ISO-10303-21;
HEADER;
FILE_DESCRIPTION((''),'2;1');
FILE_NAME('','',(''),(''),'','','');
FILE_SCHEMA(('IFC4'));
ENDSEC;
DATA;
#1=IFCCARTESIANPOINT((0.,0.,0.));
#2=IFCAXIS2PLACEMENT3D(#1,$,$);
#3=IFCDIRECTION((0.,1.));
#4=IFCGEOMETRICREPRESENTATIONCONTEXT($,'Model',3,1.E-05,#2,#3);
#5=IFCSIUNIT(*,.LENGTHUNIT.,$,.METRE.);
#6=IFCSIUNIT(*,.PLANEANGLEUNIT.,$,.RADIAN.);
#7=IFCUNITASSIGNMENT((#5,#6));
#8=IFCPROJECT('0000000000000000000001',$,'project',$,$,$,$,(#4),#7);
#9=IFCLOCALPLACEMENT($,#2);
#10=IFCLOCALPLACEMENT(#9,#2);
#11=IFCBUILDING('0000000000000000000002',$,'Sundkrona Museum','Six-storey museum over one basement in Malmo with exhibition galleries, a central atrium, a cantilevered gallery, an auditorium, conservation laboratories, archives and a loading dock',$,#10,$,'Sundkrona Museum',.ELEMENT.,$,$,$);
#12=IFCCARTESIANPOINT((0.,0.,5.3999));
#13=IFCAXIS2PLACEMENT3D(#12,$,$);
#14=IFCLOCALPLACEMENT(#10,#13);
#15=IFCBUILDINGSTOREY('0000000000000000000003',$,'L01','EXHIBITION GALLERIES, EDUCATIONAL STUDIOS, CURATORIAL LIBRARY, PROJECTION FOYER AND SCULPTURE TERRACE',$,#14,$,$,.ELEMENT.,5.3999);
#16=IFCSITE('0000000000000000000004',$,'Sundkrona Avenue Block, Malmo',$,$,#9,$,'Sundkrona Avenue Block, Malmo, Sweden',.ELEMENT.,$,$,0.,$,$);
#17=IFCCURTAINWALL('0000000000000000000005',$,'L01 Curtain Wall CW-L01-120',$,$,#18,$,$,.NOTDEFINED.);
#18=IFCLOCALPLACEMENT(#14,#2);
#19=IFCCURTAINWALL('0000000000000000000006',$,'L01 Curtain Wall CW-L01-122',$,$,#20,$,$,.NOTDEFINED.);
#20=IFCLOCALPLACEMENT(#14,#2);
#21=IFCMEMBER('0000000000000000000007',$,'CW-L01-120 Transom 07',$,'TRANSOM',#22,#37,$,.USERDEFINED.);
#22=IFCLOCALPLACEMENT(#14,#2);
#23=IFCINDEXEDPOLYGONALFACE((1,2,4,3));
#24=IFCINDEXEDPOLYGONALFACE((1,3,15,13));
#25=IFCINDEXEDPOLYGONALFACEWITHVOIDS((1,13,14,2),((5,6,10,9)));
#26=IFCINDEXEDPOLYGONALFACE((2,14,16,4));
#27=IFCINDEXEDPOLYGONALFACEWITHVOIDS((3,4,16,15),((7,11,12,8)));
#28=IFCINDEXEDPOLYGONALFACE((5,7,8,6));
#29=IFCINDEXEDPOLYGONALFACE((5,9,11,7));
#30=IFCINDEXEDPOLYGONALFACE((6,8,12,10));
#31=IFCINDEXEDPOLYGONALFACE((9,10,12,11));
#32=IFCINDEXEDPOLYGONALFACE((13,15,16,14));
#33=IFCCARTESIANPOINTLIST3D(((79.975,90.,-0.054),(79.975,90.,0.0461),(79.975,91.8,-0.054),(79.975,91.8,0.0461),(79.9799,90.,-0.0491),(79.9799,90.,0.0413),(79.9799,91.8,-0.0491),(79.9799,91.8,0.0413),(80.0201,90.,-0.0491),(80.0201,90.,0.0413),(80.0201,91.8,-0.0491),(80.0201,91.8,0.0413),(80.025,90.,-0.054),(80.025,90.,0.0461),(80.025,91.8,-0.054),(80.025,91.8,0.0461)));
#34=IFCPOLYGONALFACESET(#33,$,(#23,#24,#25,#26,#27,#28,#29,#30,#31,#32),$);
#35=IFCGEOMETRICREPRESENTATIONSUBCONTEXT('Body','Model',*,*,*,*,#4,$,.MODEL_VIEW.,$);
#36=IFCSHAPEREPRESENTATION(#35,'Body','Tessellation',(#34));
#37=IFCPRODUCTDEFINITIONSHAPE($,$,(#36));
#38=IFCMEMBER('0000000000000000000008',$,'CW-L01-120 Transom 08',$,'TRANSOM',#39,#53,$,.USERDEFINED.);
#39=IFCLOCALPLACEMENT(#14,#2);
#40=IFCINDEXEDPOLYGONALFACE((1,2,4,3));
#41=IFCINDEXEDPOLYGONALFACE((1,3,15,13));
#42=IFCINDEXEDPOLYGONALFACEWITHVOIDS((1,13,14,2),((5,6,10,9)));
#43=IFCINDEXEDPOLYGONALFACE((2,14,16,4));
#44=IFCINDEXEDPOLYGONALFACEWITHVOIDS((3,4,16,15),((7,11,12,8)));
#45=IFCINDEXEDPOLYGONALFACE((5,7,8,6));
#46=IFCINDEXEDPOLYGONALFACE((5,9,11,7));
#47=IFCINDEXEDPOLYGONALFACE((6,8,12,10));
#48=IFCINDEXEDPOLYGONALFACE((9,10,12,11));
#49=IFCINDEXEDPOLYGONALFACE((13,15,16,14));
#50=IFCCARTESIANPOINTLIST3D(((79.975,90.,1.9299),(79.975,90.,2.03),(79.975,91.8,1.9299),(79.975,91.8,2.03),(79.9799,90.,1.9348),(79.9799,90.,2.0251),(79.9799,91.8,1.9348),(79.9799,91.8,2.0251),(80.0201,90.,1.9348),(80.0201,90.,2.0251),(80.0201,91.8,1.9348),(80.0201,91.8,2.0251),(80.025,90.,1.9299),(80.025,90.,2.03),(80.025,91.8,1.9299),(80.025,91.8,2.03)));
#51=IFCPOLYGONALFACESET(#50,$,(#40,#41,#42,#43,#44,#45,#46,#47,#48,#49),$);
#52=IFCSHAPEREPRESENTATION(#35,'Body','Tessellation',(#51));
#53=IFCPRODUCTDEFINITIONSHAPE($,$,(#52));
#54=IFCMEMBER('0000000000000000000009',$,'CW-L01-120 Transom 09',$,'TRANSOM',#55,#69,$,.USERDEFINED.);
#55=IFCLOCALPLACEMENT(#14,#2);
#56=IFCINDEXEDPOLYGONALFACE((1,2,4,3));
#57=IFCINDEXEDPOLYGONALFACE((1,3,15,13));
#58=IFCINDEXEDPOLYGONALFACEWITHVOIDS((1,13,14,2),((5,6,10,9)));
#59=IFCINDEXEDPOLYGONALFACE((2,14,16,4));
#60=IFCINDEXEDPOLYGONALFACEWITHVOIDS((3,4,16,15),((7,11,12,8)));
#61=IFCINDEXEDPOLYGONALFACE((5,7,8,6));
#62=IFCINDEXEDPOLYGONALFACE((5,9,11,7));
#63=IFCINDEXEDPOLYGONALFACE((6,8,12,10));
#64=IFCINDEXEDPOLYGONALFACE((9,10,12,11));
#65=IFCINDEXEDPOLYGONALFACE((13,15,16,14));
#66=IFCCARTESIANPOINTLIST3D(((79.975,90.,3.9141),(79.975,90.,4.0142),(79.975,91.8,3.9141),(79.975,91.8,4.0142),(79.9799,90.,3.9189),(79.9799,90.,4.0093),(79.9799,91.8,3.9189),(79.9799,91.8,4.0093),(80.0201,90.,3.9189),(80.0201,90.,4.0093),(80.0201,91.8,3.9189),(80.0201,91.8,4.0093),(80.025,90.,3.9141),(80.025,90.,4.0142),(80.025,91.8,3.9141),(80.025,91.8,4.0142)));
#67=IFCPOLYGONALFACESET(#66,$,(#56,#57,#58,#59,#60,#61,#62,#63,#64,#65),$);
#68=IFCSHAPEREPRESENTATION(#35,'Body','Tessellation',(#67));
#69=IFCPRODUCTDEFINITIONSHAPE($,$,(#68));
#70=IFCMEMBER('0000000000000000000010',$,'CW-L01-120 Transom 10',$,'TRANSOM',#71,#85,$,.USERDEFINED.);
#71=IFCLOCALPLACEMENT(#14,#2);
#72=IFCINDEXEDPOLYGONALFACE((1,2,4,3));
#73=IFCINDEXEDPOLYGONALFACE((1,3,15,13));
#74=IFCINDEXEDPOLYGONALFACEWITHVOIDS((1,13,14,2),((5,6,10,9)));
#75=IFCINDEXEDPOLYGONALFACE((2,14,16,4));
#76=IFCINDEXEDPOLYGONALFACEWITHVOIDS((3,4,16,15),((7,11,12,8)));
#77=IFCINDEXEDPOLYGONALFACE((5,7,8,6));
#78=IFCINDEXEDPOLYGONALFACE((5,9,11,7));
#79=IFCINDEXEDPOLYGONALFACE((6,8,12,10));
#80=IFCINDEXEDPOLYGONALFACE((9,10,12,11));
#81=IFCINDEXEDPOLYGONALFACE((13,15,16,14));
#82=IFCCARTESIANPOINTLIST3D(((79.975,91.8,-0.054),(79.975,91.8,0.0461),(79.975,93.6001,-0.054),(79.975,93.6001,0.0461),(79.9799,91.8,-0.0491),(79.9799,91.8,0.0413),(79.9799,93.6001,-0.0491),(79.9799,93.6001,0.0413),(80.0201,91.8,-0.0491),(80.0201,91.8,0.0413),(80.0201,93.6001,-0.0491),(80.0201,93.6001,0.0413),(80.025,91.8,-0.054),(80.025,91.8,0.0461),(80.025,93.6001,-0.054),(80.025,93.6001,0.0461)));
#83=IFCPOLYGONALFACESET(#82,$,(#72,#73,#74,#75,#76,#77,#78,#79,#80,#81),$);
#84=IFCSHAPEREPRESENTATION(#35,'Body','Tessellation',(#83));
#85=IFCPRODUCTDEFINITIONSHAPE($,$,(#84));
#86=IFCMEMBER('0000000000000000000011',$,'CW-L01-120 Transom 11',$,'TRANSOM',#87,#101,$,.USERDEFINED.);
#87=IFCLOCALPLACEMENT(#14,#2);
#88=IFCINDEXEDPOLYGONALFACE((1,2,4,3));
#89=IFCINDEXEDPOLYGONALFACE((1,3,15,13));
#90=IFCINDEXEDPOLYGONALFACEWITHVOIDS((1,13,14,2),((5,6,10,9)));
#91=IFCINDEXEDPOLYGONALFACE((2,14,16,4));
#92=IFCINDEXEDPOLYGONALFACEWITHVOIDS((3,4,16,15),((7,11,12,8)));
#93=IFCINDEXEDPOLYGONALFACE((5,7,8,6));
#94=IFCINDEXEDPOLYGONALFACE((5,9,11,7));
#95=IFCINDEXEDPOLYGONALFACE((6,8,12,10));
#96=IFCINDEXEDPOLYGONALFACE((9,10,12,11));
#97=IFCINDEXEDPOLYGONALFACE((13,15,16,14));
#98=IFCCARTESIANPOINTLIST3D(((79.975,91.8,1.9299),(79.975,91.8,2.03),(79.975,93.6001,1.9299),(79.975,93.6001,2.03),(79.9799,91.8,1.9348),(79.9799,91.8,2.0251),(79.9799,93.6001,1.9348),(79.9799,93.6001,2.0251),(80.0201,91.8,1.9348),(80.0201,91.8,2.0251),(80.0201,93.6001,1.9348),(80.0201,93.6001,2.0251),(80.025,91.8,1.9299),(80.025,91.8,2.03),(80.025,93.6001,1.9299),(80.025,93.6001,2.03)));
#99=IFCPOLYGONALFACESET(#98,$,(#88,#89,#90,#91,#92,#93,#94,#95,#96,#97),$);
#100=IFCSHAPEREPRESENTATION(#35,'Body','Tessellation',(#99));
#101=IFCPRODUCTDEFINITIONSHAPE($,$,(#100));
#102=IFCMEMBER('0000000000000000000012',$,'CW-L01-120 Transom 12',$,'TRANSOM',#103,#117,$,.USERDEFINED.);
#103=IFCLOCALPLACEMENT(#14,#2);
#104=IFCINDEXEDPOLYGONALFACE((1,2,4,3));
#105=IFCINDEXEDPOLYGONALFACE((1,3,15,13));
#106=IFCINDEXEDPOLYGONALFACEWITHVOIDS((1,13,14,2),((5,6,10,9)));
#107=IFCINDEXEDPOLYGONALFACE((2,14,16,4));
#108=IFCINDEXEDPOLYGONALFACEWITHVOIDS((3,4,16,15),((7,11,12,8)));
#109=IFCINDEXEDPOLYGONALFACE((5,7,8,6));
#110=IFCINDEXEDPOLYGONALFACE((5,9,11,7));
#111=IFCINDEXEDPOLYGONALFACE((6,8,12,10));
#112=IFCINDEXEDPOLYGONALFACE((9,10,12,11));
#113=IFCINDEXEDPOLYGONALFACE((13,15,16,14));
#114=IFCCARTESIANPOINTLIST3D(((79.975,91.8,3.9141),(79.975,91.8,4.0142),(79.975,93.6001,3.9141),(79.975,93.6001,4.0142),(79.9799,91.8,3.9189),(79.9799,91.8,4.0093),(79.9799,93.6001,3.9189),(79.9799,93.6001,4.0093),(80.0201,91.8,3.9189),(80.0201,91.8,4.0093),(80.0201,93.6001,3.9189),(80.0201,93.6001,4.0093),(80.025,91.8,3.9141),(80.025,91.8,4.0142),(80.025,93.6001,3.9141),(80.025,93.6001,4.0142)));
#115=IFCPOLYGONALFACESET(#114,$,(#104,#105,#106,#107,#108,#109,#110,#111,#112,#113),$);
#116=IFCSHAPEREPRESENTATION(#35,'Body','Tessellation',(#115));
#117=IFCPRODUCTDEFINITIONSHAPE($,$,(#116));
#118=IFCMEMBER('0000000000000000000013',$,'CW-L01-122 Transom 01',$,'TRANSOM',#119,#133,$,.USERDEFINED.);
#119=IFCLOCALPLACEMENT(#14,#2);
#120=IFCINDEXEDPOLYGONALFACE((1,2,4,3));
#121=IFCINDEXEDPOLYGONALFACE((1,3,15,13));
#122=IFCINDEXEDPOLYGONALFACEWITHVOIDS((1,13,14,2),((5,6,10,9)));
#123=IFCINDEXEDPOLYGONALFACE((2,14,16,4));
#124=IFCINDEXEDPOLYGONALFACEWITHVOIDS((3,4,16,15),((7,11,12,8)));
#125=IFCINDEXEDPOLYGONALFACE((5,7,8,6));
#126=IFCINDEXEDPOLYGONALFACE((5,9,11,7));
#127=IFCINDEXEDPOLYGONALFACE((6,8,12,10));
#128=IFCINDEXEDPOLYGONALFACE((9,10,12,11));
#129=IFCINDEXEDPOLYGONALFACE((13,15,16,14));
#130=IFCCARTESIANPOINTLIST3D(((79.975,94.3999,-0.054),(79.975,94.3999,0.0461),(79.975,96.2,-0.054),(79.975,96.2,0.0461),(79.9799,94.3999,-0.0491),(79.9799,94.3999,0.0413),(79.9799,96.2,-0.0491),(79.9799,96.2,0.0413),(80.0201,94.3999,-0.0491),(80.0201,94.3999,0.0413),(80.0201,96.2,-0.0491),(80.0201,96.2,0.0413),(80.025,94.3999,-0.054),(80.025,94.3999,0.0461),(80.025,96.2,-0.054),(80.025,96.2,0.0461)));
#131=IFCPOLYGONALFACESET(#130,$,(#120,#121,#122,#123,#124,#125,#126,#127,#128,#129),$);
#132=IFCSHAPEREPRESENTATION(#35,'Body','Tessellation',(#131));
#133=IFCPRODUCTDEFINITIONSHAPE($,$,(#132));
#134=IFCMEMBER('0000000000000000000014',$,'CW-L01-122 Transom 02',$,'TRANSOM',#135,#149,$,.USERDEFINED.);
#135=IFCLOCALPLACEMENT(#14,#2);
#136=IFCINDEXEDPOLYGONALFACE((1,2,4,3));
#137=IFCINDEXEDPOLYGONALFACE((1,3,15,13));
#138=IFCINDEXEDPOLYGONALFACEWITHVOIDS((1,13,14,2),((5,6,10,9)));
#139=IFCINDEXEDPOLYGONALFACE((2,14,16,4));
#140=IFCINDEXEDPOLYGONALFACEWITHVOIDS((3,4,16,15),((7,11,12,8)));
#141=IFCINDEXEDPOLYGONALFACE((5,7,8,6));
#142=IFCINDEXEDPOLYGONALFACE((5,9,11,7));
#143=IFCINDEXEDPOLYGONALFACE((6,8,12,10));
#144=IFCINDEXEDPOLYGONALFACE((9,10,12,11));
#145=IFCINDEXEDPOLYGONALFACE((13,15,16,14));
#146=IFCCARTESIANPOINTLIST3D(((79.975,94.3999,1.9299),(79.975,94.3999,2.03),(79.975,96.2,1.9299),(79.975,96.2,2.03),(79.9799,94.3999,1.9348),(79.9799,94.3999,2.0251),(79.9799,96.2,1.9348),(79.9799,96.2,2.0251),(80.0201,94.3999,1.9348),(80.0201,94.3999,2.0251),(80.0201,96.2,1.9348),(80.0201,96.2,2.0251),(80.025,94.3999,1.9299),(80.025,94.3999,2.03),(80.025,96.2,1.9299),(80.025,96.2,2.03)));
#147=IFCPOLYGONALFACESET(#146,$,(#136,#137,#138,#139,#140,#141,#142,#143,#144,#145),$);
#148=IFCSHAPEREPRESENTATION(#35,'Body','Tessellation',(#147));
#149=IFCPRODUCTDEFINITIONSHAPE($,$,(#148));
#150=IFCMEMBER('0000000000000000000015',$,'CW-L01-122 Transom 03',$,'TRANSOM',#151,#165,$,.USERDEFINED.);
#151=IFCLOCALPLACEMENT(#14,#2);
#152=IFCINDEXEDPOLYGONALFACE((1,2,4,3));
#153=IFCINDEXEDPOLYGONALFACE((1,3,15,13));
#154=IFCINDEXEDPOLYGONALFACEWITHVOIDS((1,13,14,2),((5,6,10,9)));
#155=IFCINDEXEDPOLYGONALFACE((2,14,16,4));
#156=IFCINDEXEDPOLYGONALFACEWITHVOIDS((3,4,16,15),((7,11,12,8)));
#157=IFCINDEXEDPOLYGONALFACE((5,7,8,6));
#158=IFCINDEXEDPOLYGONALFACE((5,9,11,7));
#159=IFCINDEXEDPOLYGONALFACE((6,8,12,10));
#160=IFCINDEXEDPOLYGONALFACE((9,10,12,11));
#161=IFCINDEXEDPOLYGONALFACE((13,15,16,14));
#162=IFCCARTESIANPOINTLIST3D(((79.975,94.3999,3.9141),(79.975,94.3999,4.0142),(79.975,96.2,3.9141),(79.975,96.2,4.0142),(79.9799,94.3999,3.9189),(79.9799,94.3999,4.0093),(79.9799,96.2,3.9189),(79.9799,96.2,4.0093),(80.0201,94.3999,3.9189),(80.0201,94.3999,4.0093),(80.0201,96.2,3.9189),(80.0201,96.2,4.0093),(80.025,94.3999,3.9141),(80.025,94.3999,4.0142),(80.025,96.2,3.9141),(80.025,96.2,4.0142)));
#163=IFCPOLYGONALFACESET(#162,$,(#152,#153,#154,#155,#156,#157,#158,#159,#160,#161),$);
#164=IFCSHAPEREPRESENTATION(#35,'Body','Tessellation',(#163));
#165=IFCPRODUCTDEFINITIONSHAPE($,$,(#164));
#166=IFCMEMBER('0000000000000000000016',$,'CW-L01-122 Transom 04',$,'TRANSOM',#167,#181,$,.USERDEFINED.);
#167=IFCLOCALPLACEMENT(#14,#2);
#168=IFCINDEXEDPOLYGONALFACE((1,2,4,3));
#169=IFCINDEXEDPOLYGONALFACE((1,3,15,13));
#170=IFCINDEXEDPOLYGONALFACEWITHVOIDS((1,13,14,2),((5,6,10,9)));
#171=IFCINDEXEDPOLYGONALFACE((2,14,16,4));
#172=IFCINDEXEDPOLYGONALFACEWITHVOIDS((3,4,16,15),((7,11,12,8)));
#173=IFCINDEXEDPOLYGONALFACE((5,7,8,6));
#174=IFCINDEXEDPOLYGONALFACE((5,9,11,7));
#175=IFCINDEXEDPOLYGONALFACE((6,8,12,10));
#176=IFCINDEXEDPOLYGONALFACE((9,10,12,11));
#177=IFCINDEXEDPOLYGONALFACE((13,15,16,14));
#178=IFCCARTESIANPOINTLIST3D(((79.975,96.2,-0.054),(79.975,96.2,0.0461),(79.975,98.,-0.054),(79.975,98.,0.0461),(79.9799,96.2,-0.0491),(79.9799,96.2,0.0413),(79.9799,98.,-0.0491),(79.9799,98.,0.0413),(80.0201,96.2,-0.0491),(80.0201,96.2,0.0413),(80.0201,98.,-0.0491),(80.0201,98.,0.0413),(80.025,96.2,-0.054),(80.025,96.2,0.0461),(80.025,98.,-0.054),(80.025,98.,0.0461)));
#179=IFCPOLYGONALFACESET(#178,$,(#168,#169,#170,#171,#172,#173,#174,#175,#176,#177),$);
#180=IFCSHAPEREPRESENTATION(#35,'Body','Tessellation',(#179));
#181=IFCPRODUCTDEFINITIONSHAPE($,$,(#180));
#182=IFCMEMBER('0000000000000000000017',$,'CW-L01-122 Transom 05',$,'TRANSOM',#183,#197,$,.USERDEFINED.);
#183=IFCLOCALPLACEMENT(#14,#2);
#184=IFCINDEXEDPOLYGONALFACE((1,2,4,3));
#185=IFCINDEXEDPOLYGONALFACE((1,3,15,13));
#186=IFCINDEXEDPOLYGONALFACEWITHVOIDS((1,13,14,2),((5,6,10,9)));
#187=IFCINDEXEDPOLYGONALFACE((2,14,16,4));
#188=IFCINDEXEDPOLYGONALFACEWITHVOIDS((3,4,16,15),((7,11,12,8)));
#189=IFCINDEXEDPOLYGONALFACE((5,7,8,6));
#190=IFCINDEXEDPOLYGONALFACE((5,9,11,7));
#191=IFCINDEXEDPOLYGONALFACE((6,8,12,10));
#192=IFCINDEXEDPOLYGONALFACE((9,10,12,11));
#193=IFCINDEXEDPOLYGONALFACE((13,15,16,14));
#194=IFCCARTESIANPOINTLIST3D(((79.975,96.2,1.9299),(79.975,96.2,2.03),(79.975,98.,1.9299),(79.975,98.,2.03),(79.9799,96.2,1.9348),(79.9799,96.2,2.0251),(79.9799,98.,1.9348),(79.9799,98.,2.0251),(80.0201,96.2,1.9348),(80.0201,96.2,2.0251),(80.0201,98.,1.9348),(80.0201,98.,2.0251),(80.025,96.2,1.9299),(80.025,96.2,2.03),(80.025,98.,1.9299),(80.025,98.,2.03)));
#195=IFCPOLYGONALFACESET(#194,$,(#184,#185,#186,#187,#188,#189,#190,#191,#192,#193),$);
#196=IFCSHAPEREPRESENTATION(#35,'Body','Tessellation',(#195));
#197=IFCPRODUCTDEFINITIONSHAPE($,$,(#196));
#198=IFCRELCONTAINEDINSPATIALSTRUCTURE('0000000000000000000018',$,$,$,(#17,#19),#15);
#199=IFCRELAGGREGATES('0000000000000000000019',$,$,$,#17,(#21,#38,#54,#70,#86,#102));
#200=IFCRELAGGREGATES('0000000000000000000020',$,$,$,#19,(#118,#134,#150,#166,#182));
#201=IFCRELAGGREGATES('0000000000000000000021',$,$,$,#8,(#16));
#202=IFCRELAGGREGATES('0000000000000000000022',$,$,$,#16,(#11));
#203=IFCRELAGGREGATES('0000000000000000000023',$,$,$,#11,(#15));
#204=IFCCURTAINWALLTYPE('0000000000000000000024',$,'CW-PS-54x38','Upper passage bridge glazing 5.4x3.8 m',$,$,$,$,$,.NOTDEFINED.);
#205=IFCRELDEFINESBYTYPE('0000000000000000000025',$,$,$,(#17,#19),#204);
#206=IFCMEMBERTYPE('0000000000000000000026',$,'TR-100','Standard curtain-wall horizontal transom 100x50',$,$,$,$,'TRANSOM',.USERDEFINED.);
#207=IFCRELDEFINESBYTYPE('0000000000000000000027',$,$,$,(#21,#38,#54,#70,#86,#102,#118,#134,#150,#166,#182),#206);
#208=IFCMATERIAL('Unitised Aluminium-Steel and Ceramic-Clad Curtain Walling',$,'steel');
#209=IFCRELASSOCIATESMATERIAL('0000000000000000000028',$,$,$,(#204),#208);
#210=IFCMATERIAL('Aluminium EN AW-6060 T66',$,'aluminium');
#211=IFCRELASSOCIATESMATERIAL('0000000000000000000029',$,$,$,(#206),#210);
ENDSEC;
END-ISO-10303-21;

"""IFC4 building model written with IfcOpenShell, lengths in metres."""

from ifc_helpers import new_model, si_unit, direction, frame, origin, origin_2d, place, context, subcontext, project, spatial, hollow_rectangle, extrude, material, material_profile, profile_set, type_object, element, aggregate, save


model = new_model("IFC4")

# Units and contexts
model_context = context("Model", 3, precision=1e-05, world=origin(), true_north=direction((0.0, 1.0)))
body_context = subcontext(model_context, "Body", "Model", "MODEL_VIEW")
ifc_project = project(units=[si_unit("LENGTHUNIT", "METRE"), si_unit("PLANEANGLEUNIT", "RADIAN")], contexts=[model_context])

# Site, building, storey
site_placement = place(None, origin())
site = spatial("IfcSite", under=ifc_project, at=site_placement, Name="Sundkrona Avenue Block, Malmo", LongName="Sundkrona Avenue Block, Malmo, Sweden", CompositionType="ELEMENT", RefElevation=0.0)
building_placement = place(site_placement, origin())
building = spatial("IfcBuilding", under=site, at=building_placement, Name="Sundkrona Museum", Description="Six-storey museum over one basement in Malmo with exhibition galleries, a central atrium, a cantilevered gallery, an auditorium, conservation laboratories, archives and a loading dock", LongName="Sundkrona Museum", CompositionType="ELEMENT")
storey_placement = place(building_placement, frame((0.0, 0.0, 5.3999)))
storey = spatial("IfcBuildingStorey", under=building, at=storey_placement, Name="L01", Description="EXHIBITION GALLERIES, EDUCATIONAL STUDIOS, CURATORIAL LIBRARY, PROJECTION FOYER AND SCULPTURE TERRACE", CompositionType="ELEMENT", Elevation=5.3999)

# Curtain walls
ifc_material_1 = material(Name="Unitised Aluminium-Steel and Ceramic-Clad Curtain Walling", Category="steel")
curtain_wall_type = type_object("IfcCurtainWallType", Name="CW-PS-54x38", Description="Upper passage bridge glazing 5.4x3.8 m", PredefinedType="NOTDEFINED", material=ifc_material_1)
curtain_wall_1_placement = place(storey_placement, origin())
curtain_wall_1 = element("IfcCurtainWall", 1, at=curtain_wall_1_placement, inside=storey, type_object=curtain_wall_type, Name="L01 Curtain Wall CW-L01-120", PredefinedType="NOTDEFINED")
ifc_material_2 = material(Name="Aluminium EN AW-6060 T66", Category="aluminium")
curtain_wall_2_placement = place(storey_placement, origin())
curtain_wall_2 = element("IfcCurtainWall", 2, at=curtain_wall_2_placement, inside=storey, type_object=curtain_wall_type, Name="L01 Curtain Wall CW-L01-122", PredefinedType="NOTDEFINED")

# Members
ifc_material_profile_1 = material_profile(ifc_material_2, hollow_rectangle(XDim=0.05, YDim=0.1001, WallThickness=0.0049, at=origin_2d()), Name="RHS 100x50x5.0")
ifc_profile_set_1 = profile_set([ifc_material_profile_1], Name="Aluminium EN AW-6060 T66")
member_type_1 = type_object("IfcMemberType", Name="TR-100", Description="Standard curtain-wall horizontal transom 100x50", ElementType="TRANSOM", PredefinedType="USERDEFINED", material=ifc_profile_set_1)
member_1_placement = place(storey_placement, frame((80.0, 90.0, -0.0039), z_axis=(0.0, 1.0, 0.0), x_axis=(-1.0, 0.0, 0.0)))
member_1 = element("IfcMember", 3, at=member_1_placement, type_object=member_type_1, Name="CW-L01-120 Transom 07", ObjectType="TRANSOM", PredefinedType="USERDEFINED", context=body_context, shape_type="SweptSolid", body=[
    extrude(hollow_rectangle(XDim=0.05, YDim=0.1001, WallThickness=0.0049, at=origin_2d()), origin(), (0.0, 0.0, 1.0), 1.8),
])
member_2_placement = place(storey_placement, frame((80.0, 90.0, 1.98), z_axis=(0.0, 1.0, 0.0), x_axis=(-1.0, 0.0, 0.0)))
member_2 = element("IfcMember", 4, at=member_2_placement, type_object=member_type_1, Name="CW-L01-120 Transom 08", ObjectType="TRANSOM", PredefinedType="USERDEFINED", context=body_context, shape_type="SweptSolid", body=[
    extrude(hollow_rectangle(XDim=0.05, YDim=0.1001, WallThickness=0.0049, at=origin_2d()), origin(), (0.0, 0.0, 1.0), 1.8),
])
member_3_placement = place(storey_placement, frame((80.0, 90.0, 3.9641), z_axis=(0.0, 1.0, 0.0), x_axis=(-1.0, 0.0, 0.0)))
member_3 = element("IfcMember", 5, at=member_3_placement, type_object=member_type_1, Name="CW-L01-120 Transom 09", ObjectType="TRANSOM", PredefinedType="USERDEFINED", context=body_context, shape_type="SweptSolid", body=[
    extrude(hollow_rectangle(XDim=0.05, YDim=0.1001, WallThickness=0.0049, at=origin_2d()), origin(), (0.0, 0.0, 1.0), 1.8),
])
member_4_placement = place(storey_placement, frame((80.0, 91.8, -0.0039), z_axis=(0.0, 1.0, 0.0), x_axis=(-1.0, 0.0, 0.0)))
member_4 = element("IfcMember", 6, at=member_4_placement, type_object=member_type_1, Name="CW-L01-120 Transom 10", ObjectType="TRANSOM", PredefinedType="USERDEFINED", context=body_context, shape_type="SweptSolid", body=[
    extrude(hollow_rectangle(XDim=0.05, YDim=0.1001, WallThickness=0.0049, at=origin_2d()), origin(), (0.0, 0.0, 1.0), 1.8),
])
member_5_placement = place(storey_placement, frame((80.0, 91.8, 1.98), z_axis=(0.0, 1.0, 0.0), x_axis=(-1.0, 0.0, 0.0)))
member_5 = element("IfcMember", 7, at=member_5_placement, type_object=member_type_1, Name="CW-L01-120 Transom 11", ObjectType="TRANSOM", PredefinedType="USERDEFINED", context=body_context, shape_type="SweptSolid", body=[
    extrude(hollow_rectangle(XDim=0.05, YDim=0.1001, WallThickness=0.0049, at=origin_2d()), origin(), (0.0, 0.0, 1.0), 1.8),
])
member_6_placement = place(storey_placement, frame((80.0, 91.8, 3.9641), z_axis=(0.0, 1.0, 0.0), x_axis=(-1.0, 0.0, 0.0)))
member_6 = element("IfcMember", 8, at=member_6_placement, type_object=member_type_1, Name="CW-L01-120 Transom 12", ObjectType="TRANSOM", PredefinedType="USERDEFINED", context=body_context, shape_type="SweptSolid", body=[
    extrude(hollow_rectangle(XDim=0.05, YDim=0.1001, WallThickness=0.0049, at=origin_2d()), origin(), (0.0, 0.0, 1.0), 1.8),
])
member_7_placement = place(storey_placement, frame((80.0, 94.3999, -0.0039), z_axis=(0.0, 1.0, 0.0), x_axis=(-1.0, 0.0, 0.0)))
member_7 = element("IfcMember", 9, at=member_7_placement, type_object=member_type_1, Name="CW-L01-122 Transom 01", ObjectType="TRANSOM", PredefinedType="USERDEFINED", context=body_context, shape_type="SweptSolid", body=[
    extrude(hollow_rectangle(XDim=0.05, YDim=0.1001, WallThickness=0.0049, at=origin_2d()), origin(), (0.0, 0.0, 1.0), 1.8),
])
member_8_placement = place(storey_placement, frame((80.0, 94.3999, 1.98), z_axis=(0.0, 1.0, 0.0), x_axis=(-1.0, 0.0, 0.0)))
member_8 = element("IfcMember", 10, at=member_8_placement, type_object=member_type_1, Name="CW-L01-122 Transom 02", ObjectType="TRANSOM", PredefinedType="USERDEFINED", context=body_context, shape_type="SweptSolid", body=[
    extrude(hollow_rectangle(XDim=0.05, YDim=0.1001, WallThickness=0.0049, at=origin_2d()), origin(), (0.0, 0.0, 1.0), 1.8),
])
member_9_placement = place(storey_placement, frame((80.0, 94.3999, 3.9641), z_axis=(0.0, 1.0, 0.0), x_axis=(-1.0, 0.0, 0.0)))
member_9 = element("IfcMember", 11, at=member_9_placement, type_object=member_type_1, Name="CW-L01-122 Transom 03", ObjectType="TRANSOM", PredefinedType="USERDEFINED", context=body_context, shape_type="SweptSolid", body=[
    extrude(hollow_rectangle(XDim=0.05, YDim=0.1001, WallThickness=0.0049, at=origin_2d()), origin(), (0.0, 0.0, 1.0), 1.8),
])
member_10_placement = place(storey_placement, frame((80.0, 96.2, -0.0039), z_axis=(0.0, 1.0, 0.0), x_axis=(-1.0, 0.0, 0.0)))
member_10 = element("IfcMember", 12, at=member_10_placement, type_object=member_type_1, Name="CW-L01-122 Transom 04", ObjectType="TRANSOM", PredefinedType="USERDEFINED", context=body_context, shape_type="SweptSolid", body=[
    extrude(hollow_rectangle(XDim=0.05, YDim=0.1001, WallThickness=0.0049, at=origin_2d()), origin(), (0.0, 0.0, 1.0), 1.8),
])
member_11_placement = place(storey_placement, frame((80.0, 96.2, 1.98), z_axis=(0.0, 1.0, 0.0), x_axis=(-1.0, 0.0, 0.0)))
member_11 = element("IfcMember", 13, at=member_11_placement, type_object=member_type_1, Name="CW-L01-122 Transom 05", ObjectType="TRANSOM", PredefinedType="USERDEFINED", context=body_context, shape_type="SweptSolid", body=[
    extrude(hollow_rectangle(XDim=0.05, YDim=0.1001, WallThickness=0.0049, at=origin_2d()), origin(), (0.0, 0.0, 1.0), 1.8),
])

aggregate(curtain_wall_1, [member_1, member_2, member_3, member_4, member_5, member_6])
aggregate(curtain_wall_2, [member_7, member_8, member_9, member_10, member_11])

save(model, "model.ifc")
